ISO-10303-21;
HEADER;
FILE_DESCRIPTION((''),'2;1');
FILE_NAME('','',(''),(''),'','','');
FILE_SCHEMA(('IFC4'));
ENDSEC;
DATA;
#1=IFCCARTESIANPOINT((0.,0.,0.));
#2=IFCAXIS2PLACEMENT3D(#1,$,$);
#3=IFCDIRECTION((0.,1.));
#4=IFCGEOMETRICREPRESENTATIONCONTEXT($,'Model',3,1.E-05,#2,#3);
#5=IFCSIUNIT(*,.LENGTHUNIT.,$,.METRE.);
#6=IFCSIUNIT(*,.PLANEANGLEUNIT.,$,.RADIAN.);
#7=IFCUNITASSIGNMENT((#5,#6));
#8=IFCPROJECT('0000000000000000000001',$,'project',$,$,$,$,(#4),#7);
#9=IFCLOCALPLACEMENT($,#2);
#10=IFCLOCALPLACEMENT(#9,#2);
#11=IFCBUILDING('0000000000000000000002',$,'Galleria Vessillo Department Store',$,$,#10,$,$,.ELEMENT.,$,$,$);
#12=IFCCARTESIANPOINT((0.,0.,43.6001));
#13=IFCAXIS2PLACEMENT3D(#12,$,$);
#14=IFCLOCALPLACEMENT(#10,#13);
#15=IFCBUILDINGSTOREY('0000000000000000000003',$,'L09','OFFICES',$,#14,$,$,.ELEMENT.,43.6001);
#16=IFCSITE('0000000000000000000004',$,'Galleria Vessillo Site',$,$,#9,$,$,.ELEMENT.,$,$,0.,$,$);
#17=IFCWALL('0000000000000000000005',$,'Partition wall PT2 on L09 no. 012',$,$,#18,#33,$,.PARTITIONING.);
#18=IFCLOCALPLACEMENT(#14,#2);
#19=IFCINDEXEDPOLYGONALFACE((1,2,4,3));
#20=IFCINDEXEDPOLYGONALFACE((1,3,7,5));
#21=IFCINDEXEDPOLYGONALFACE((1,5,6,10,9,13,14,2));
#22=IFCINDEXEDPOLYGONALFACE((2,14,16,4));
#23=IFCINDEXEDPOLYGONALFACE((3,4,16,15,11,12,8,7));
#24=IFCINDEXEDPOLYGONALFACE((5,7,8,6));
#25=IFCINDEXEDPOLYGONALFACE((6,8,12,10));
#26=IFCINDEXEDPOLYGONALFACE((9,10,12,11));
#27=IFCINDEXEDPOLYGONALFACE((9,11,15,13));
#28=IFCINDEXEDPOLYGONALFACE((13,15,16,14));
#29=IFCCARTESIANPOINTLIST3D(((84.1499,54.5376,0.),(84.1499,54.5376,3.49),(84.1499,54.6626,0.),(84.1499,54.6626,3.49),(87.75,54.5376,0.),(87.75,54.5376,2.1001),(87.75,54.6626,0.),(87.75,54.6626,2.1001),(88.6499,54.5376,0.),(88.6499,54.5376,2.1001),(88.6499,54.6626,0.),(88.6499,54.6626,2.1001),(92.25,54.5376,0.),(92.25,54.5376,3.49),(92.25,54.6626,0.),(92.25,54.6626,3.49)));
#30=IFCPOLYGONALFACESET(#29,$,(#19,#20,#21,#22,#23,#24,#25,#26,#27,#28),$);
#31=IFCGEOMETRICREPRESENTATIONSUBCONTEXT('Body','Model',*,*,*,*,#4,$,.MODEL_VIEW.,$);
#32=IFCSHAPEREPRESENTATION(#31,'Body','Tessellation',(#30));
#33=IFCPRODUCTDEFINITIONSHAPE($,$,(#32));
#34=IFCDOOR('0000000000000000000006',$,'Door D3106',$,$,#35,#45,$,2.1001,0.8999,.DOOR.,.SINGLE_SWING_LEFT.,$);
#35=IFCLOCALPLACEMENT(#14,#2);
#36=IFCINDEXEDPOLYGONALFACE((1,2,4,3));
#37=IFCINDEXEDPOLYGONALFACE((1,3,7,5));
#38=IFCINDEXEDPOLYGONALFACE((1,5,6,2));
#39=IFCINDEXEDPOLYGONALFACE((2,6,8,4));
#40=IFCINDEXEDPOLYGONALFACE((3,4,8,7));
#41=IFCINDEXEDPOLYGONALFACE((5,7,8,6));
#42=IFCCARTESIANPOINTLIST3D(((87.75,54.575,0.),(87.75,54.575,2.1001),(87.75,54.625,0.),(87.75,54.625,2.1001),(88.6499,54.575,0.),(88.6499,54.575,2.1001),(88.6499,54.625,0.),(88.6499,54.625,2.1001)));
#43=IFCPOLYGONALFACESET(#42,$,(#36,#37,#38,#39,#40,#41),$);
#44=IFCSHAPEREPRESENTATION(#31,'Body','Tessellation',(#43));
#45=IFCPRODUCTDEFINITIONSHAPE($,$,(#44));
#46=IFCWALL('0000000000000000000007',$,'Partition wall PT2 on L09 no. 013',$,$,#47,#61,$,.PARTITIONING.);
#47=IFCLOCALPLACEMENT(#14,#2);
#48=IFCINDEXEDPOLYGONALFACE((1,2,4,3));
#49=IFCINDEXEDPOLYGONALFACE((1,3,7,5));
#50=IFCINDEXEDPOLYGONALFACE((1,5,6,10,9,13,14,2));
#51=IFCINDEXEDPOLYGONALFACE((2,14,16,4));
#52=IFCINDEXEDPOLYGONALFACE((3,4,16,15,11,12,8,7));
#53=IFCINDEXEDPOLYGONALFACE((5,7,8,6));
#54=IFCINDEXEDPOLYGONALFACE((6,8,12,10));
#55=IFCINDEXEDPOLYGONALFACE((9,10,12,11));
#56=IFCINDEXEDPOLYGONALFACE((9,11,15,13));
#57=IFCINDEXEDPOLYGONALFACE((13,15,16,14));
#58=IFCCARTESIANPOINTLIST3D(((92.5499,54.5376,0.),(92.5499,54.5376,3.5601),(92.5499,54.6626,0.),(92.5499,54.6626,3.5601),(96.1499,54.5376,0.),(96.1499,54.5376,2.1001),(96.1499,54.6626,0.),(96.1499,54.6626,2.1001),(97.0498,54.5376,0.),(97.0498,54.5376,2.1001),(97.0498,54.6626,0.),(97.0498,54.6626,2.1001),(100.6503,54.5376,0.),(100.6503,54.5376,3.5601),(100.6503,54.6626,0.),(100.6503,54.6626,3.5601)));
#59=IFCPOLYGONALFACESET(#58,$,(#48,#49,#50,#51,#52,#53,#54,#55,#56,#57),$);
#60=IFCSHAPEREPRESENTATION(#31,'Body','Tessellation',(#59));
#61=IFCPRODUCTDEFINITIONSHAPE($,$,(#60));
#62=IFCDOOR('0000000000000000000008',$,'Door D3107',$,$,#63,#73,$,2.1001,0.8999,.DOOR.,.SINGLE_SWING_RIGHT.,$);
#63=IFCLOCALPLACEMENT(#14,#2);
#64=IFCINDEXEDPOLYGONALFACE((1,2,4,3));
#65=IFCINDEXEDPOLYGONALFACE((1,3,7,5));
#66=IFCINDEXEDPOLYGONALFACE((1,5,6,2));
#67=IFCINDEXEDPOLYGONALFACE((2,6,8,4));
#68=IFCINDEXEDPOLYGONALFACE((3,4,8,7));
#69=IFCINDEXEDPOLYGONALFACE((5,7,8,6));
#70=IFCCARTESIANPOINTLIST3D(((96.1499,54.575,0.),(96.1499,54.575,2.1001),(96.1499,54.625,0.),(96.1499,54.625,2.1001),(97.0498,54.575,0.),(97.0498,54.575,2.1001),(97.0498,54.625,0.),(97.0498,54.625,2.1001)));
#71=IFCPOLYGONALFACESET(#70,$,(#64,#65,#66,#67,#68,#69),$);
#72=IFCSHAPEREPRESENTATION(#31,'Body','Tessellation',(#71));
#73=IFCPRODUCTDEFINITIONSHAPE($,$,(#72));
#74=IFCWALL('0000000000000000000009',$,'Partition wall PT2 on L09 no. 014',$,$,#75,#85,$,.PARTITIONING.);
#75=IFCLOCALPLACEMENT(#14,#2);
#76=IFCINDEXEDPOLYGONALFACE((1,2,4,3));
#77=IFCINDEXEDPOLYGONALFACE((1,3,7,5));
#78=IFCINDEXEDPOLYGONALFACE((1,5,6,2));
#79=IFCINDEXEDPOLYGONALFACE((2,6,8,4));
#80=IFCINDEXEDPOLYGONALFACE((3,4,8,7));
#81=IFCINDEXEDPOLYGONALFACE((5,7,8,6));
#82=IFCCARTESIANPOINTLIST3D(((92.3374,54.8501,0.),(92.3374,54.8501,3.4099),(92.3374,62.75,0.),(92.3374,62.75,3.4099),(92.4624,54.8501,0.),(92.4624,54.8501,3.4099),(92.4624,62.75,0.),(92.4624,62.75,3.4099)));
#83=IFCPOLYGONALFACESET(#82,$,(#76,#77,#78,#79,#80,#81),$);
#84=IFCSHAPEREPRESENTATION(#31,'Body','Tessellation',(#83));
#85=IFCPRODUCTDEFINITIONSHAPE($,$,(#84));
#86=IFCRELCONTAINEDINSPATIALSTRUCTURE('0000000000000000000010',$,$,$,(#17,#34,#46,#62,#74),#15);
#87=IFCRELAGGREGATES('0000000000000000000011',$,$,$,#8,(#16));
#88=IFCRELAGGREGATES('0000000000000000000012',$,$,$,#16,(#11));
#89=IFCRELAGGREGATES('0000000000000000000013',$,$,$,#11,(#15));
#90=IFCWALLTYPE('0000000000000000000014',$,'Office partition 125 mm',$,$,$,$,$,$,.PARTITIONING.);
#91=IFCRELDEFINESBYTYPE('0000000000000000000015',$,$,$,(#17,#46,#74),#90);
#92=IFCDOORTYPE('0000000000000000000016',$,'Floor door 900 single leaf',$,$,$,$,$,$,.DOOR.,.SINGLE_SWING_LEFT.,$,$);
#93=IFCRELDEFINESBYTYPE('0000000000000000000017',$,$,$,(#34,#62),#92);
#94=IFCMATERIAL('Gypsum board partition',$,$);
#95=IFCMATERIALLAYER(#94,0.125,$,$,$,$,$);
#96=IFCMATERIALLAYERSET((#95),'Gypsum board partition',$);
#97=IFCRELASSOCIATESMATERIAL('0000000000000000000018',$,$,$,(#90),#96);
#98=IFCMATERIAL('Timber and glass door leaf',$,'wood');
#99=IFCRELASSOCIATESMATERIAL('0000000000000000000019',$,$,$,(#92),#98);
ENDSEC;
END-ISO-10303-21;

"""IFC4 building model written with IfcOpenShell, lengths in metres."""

from ifc_helpers import new_model, si_unit, direction, frame, frame_2d, origin, place, context, subcontext, project, spatial, rectangle, extrude, material, layer, layer_set, type_object, element, fill, save


model = new_model("IFC4")

# Units and contexts
model_context = context("Model", 3, precision=1e-05, world=origin(), true_north=direction((0.0, 1.0)))
body_context = subcontext(model_context, "Body", "Model", "MODEL_VIEW")
ifc_project = project(units=[si_unit("LENGTHUNIT", "METRE"), si_unit("PLANEANGLEUNIT", "RADIAN")], contexts=[model_context])

# Site, building, storey
site_placement = place(None, origin())
site = spatial("IfcSite", under=ifc_project, at=site_placement, Name="Galleria Vessillo Site", CompositionType="ELEMENT", RefElevation=0.0)
building_placement = place(site_placement, origin())
building = spatial("IfcBuilding", under=site, at=building_placement, Name="Galleria Vessillo Department Store", CompositionType="ELEMENT")
storey_placement = place(building_placement, frame((0.0, 0.0, 43.6001)))
storey = spatial("IfcBuildingStorey", under=building, at=storey_placement, Name="L09", Description="OFFICES", CompositionType="ELEMENT", Elevation=43.6001)

# Shared definitions
ifc_material_1 = material(Name="Gypsum board partition")
ifc_layer_1 = layer(ifc_material_1, 0.125)
ifc_layer_set_1 = layer_set([ifc_layer_1], Name="Gypsum board partition")
wall_type = type_object("IfcWallType", Name="Office partition 125 mm", PredefinedType="PARTITIONING", material=ifc_layer_set_1)

# Walls, openings, doors
wall_1_placement = place(storey_placement, frame((84.1499, 54.6001, 0.0), z_axis=(0.0, 0.0, 1.0), x_axis=(1.0, 0.0, 0.0)))
wall_1 = element("IfcWall", 1, at=wall_1_placement, inside=storey, type_object=wall_type, Name="Partition wall PT2 on L09 no. 012", PredefinedType="PARTITIONING", context=body_context, shape_type="SweptSolid", body=[
    extrude(rectangle(XDim=8.1001, YDim=0.125, at=frame_2d((4.05, 0.0))), origin(), (0.0, 0.0, 1.0), 3.49),
])
opening_1_placement = place(wall_1_placement, frame((3.6001, 0.0, 0.0)))
opening_1 = element("IfcOpeningElement", 2, at=opening_1_placement, cuts=wall_1, PredefinedType="OPENING", context=body_context, shape_type="SweptSolid", body=[
    extrude(rectangle(XDim=0.8999, YDim=2.1001, at=frame_2d((0.45, 1.05))), frame((0.0, 0.0725, 0.0), z_axis=(0.0, -1.0, 0.0), x_axis=(1.0, 0.0, 0.0)), (0.0, 0.0, 1.0), 0.145),
])
ifc_material_2 = material(Name="Timber and glass door leaf", Category="wood")
door_type_1 = type_object("IfcDoorType", Name="Floor door 900 single leaf", OperationType="SINGLE_SWING_LEFT", PredefinedType="DOOR", material=ifc_material_2)
door_1_placement = place(opening_1_placement, origin())
door_1 = element("IfcDoor", 3, at=door_1_placement, inside=storey, type_object=door_type_1, Name="Door D3106", OperationType="SINGLE_SWING_LEFT", OverallHeight=2.1001, OverallWidth=0.8999, PredefinedType="DOOR", context=body_context, shape_type="SweptSolid", body=[
    extrude(rectangle(XDim=0.8999, YDim=2.1001, at=frame_2d((0.45, 1.05))), frame((0.0, 0.0249, 0.0), z_axis=(0.0, -1.0, 0.0), x_axis=(1.0, 0.0, 0.0)), (0.0, 0.0, 1.0), 0.05),
])
fill(opening_1, door_1)
wall_2_placement = place(storey_placement, frame((92.5498, 54.6001, 0.0), z_axis=(0.0, 0.0, 1.0), x_axis=(1.0, 0.0, 0.0)))
wall_2 = element("IfcWall", 4, at=wall_2_placement, inside=storey, type_object=wall_type, Name="Partition wall PT2 on L09 no. 013", PredefinedType="PARTITIONING", context=body_context, shape_type="SweptSolid", body=[
    extrude(rectangle(XDim=8.1003, YDim=0.125, at=frame_2d((4.0503, 0.0))), origin(), (0.0, 0.0, 1.0), 3.5601),
])
opening_2_placement = place(wall_2_placement, frame((3.6001, 0.0, 0.0)))
opening_2 = element("IfcOpeningElement", 5, at=opening_2_placement, cuts=wall_2, PredefinedType="OPENING", context=body_context, shape_type="SweptSolid", body=[
    extrude(rectangle(XDim=0.8999, YDim=2.1001, at=frame_2d((0.45, 1.05))), frame((0.0, 0.0725, 0.0), z_axis=(0.0, -1.0, 0.0), x_axis=(1.0, 0.0, 0.0)), (0.0, 0.0, 1.0), 0.145),
])
door_2_placement = place(opening_2_placement, origin())
door_2 = element("IfcDoor", 6, at=door_2_placement, inside=storey, type_object=door_type_1, Name="Door D3107", OperationType="SINGLE_SWING_RIGHT", OverallHeight=2.1001, OverallWidth=0.8999, PredefinedType="DOOR", context=body_context, shape_type="SweptSolid", body=[
    extrude(rectangle(XDim=0.8999, YDim=2.1001, at=frame_2d((0.45, 1.05))), frame((0.0, 0.0249, 0.0), z_axis=(0.0, -1.0, 0.0), x_axis=(1.0, 0.0, 0.0)), (0.0, 0.0, 1.0), 0.05),
])
fill(opening_2, door_2)

# Wall
wall_3_placement = place(storey_placement, frame((92.3999, 54.8501, 0.0), z_axis=(0.0, 0.0, 1.0), x_axis=(0.0, 1.0, 0.0)))
element("IfcWall", 7, at=wall_3_placement, inside=storey, type_object=wall_type, Name="Partition wall PT2 on L09 no. 014", PredefinedType="PARTITIONING", context=body_context, shape_type="SweptSolid", body=[
    extrude(rectangle(XDim=7.8999, YDim=0.125, at=frame_2d((3.95, 0.0))), origin(), (0.0, 0.0, 1.0), 3.4099),
])

save(model, "model.ifc")
